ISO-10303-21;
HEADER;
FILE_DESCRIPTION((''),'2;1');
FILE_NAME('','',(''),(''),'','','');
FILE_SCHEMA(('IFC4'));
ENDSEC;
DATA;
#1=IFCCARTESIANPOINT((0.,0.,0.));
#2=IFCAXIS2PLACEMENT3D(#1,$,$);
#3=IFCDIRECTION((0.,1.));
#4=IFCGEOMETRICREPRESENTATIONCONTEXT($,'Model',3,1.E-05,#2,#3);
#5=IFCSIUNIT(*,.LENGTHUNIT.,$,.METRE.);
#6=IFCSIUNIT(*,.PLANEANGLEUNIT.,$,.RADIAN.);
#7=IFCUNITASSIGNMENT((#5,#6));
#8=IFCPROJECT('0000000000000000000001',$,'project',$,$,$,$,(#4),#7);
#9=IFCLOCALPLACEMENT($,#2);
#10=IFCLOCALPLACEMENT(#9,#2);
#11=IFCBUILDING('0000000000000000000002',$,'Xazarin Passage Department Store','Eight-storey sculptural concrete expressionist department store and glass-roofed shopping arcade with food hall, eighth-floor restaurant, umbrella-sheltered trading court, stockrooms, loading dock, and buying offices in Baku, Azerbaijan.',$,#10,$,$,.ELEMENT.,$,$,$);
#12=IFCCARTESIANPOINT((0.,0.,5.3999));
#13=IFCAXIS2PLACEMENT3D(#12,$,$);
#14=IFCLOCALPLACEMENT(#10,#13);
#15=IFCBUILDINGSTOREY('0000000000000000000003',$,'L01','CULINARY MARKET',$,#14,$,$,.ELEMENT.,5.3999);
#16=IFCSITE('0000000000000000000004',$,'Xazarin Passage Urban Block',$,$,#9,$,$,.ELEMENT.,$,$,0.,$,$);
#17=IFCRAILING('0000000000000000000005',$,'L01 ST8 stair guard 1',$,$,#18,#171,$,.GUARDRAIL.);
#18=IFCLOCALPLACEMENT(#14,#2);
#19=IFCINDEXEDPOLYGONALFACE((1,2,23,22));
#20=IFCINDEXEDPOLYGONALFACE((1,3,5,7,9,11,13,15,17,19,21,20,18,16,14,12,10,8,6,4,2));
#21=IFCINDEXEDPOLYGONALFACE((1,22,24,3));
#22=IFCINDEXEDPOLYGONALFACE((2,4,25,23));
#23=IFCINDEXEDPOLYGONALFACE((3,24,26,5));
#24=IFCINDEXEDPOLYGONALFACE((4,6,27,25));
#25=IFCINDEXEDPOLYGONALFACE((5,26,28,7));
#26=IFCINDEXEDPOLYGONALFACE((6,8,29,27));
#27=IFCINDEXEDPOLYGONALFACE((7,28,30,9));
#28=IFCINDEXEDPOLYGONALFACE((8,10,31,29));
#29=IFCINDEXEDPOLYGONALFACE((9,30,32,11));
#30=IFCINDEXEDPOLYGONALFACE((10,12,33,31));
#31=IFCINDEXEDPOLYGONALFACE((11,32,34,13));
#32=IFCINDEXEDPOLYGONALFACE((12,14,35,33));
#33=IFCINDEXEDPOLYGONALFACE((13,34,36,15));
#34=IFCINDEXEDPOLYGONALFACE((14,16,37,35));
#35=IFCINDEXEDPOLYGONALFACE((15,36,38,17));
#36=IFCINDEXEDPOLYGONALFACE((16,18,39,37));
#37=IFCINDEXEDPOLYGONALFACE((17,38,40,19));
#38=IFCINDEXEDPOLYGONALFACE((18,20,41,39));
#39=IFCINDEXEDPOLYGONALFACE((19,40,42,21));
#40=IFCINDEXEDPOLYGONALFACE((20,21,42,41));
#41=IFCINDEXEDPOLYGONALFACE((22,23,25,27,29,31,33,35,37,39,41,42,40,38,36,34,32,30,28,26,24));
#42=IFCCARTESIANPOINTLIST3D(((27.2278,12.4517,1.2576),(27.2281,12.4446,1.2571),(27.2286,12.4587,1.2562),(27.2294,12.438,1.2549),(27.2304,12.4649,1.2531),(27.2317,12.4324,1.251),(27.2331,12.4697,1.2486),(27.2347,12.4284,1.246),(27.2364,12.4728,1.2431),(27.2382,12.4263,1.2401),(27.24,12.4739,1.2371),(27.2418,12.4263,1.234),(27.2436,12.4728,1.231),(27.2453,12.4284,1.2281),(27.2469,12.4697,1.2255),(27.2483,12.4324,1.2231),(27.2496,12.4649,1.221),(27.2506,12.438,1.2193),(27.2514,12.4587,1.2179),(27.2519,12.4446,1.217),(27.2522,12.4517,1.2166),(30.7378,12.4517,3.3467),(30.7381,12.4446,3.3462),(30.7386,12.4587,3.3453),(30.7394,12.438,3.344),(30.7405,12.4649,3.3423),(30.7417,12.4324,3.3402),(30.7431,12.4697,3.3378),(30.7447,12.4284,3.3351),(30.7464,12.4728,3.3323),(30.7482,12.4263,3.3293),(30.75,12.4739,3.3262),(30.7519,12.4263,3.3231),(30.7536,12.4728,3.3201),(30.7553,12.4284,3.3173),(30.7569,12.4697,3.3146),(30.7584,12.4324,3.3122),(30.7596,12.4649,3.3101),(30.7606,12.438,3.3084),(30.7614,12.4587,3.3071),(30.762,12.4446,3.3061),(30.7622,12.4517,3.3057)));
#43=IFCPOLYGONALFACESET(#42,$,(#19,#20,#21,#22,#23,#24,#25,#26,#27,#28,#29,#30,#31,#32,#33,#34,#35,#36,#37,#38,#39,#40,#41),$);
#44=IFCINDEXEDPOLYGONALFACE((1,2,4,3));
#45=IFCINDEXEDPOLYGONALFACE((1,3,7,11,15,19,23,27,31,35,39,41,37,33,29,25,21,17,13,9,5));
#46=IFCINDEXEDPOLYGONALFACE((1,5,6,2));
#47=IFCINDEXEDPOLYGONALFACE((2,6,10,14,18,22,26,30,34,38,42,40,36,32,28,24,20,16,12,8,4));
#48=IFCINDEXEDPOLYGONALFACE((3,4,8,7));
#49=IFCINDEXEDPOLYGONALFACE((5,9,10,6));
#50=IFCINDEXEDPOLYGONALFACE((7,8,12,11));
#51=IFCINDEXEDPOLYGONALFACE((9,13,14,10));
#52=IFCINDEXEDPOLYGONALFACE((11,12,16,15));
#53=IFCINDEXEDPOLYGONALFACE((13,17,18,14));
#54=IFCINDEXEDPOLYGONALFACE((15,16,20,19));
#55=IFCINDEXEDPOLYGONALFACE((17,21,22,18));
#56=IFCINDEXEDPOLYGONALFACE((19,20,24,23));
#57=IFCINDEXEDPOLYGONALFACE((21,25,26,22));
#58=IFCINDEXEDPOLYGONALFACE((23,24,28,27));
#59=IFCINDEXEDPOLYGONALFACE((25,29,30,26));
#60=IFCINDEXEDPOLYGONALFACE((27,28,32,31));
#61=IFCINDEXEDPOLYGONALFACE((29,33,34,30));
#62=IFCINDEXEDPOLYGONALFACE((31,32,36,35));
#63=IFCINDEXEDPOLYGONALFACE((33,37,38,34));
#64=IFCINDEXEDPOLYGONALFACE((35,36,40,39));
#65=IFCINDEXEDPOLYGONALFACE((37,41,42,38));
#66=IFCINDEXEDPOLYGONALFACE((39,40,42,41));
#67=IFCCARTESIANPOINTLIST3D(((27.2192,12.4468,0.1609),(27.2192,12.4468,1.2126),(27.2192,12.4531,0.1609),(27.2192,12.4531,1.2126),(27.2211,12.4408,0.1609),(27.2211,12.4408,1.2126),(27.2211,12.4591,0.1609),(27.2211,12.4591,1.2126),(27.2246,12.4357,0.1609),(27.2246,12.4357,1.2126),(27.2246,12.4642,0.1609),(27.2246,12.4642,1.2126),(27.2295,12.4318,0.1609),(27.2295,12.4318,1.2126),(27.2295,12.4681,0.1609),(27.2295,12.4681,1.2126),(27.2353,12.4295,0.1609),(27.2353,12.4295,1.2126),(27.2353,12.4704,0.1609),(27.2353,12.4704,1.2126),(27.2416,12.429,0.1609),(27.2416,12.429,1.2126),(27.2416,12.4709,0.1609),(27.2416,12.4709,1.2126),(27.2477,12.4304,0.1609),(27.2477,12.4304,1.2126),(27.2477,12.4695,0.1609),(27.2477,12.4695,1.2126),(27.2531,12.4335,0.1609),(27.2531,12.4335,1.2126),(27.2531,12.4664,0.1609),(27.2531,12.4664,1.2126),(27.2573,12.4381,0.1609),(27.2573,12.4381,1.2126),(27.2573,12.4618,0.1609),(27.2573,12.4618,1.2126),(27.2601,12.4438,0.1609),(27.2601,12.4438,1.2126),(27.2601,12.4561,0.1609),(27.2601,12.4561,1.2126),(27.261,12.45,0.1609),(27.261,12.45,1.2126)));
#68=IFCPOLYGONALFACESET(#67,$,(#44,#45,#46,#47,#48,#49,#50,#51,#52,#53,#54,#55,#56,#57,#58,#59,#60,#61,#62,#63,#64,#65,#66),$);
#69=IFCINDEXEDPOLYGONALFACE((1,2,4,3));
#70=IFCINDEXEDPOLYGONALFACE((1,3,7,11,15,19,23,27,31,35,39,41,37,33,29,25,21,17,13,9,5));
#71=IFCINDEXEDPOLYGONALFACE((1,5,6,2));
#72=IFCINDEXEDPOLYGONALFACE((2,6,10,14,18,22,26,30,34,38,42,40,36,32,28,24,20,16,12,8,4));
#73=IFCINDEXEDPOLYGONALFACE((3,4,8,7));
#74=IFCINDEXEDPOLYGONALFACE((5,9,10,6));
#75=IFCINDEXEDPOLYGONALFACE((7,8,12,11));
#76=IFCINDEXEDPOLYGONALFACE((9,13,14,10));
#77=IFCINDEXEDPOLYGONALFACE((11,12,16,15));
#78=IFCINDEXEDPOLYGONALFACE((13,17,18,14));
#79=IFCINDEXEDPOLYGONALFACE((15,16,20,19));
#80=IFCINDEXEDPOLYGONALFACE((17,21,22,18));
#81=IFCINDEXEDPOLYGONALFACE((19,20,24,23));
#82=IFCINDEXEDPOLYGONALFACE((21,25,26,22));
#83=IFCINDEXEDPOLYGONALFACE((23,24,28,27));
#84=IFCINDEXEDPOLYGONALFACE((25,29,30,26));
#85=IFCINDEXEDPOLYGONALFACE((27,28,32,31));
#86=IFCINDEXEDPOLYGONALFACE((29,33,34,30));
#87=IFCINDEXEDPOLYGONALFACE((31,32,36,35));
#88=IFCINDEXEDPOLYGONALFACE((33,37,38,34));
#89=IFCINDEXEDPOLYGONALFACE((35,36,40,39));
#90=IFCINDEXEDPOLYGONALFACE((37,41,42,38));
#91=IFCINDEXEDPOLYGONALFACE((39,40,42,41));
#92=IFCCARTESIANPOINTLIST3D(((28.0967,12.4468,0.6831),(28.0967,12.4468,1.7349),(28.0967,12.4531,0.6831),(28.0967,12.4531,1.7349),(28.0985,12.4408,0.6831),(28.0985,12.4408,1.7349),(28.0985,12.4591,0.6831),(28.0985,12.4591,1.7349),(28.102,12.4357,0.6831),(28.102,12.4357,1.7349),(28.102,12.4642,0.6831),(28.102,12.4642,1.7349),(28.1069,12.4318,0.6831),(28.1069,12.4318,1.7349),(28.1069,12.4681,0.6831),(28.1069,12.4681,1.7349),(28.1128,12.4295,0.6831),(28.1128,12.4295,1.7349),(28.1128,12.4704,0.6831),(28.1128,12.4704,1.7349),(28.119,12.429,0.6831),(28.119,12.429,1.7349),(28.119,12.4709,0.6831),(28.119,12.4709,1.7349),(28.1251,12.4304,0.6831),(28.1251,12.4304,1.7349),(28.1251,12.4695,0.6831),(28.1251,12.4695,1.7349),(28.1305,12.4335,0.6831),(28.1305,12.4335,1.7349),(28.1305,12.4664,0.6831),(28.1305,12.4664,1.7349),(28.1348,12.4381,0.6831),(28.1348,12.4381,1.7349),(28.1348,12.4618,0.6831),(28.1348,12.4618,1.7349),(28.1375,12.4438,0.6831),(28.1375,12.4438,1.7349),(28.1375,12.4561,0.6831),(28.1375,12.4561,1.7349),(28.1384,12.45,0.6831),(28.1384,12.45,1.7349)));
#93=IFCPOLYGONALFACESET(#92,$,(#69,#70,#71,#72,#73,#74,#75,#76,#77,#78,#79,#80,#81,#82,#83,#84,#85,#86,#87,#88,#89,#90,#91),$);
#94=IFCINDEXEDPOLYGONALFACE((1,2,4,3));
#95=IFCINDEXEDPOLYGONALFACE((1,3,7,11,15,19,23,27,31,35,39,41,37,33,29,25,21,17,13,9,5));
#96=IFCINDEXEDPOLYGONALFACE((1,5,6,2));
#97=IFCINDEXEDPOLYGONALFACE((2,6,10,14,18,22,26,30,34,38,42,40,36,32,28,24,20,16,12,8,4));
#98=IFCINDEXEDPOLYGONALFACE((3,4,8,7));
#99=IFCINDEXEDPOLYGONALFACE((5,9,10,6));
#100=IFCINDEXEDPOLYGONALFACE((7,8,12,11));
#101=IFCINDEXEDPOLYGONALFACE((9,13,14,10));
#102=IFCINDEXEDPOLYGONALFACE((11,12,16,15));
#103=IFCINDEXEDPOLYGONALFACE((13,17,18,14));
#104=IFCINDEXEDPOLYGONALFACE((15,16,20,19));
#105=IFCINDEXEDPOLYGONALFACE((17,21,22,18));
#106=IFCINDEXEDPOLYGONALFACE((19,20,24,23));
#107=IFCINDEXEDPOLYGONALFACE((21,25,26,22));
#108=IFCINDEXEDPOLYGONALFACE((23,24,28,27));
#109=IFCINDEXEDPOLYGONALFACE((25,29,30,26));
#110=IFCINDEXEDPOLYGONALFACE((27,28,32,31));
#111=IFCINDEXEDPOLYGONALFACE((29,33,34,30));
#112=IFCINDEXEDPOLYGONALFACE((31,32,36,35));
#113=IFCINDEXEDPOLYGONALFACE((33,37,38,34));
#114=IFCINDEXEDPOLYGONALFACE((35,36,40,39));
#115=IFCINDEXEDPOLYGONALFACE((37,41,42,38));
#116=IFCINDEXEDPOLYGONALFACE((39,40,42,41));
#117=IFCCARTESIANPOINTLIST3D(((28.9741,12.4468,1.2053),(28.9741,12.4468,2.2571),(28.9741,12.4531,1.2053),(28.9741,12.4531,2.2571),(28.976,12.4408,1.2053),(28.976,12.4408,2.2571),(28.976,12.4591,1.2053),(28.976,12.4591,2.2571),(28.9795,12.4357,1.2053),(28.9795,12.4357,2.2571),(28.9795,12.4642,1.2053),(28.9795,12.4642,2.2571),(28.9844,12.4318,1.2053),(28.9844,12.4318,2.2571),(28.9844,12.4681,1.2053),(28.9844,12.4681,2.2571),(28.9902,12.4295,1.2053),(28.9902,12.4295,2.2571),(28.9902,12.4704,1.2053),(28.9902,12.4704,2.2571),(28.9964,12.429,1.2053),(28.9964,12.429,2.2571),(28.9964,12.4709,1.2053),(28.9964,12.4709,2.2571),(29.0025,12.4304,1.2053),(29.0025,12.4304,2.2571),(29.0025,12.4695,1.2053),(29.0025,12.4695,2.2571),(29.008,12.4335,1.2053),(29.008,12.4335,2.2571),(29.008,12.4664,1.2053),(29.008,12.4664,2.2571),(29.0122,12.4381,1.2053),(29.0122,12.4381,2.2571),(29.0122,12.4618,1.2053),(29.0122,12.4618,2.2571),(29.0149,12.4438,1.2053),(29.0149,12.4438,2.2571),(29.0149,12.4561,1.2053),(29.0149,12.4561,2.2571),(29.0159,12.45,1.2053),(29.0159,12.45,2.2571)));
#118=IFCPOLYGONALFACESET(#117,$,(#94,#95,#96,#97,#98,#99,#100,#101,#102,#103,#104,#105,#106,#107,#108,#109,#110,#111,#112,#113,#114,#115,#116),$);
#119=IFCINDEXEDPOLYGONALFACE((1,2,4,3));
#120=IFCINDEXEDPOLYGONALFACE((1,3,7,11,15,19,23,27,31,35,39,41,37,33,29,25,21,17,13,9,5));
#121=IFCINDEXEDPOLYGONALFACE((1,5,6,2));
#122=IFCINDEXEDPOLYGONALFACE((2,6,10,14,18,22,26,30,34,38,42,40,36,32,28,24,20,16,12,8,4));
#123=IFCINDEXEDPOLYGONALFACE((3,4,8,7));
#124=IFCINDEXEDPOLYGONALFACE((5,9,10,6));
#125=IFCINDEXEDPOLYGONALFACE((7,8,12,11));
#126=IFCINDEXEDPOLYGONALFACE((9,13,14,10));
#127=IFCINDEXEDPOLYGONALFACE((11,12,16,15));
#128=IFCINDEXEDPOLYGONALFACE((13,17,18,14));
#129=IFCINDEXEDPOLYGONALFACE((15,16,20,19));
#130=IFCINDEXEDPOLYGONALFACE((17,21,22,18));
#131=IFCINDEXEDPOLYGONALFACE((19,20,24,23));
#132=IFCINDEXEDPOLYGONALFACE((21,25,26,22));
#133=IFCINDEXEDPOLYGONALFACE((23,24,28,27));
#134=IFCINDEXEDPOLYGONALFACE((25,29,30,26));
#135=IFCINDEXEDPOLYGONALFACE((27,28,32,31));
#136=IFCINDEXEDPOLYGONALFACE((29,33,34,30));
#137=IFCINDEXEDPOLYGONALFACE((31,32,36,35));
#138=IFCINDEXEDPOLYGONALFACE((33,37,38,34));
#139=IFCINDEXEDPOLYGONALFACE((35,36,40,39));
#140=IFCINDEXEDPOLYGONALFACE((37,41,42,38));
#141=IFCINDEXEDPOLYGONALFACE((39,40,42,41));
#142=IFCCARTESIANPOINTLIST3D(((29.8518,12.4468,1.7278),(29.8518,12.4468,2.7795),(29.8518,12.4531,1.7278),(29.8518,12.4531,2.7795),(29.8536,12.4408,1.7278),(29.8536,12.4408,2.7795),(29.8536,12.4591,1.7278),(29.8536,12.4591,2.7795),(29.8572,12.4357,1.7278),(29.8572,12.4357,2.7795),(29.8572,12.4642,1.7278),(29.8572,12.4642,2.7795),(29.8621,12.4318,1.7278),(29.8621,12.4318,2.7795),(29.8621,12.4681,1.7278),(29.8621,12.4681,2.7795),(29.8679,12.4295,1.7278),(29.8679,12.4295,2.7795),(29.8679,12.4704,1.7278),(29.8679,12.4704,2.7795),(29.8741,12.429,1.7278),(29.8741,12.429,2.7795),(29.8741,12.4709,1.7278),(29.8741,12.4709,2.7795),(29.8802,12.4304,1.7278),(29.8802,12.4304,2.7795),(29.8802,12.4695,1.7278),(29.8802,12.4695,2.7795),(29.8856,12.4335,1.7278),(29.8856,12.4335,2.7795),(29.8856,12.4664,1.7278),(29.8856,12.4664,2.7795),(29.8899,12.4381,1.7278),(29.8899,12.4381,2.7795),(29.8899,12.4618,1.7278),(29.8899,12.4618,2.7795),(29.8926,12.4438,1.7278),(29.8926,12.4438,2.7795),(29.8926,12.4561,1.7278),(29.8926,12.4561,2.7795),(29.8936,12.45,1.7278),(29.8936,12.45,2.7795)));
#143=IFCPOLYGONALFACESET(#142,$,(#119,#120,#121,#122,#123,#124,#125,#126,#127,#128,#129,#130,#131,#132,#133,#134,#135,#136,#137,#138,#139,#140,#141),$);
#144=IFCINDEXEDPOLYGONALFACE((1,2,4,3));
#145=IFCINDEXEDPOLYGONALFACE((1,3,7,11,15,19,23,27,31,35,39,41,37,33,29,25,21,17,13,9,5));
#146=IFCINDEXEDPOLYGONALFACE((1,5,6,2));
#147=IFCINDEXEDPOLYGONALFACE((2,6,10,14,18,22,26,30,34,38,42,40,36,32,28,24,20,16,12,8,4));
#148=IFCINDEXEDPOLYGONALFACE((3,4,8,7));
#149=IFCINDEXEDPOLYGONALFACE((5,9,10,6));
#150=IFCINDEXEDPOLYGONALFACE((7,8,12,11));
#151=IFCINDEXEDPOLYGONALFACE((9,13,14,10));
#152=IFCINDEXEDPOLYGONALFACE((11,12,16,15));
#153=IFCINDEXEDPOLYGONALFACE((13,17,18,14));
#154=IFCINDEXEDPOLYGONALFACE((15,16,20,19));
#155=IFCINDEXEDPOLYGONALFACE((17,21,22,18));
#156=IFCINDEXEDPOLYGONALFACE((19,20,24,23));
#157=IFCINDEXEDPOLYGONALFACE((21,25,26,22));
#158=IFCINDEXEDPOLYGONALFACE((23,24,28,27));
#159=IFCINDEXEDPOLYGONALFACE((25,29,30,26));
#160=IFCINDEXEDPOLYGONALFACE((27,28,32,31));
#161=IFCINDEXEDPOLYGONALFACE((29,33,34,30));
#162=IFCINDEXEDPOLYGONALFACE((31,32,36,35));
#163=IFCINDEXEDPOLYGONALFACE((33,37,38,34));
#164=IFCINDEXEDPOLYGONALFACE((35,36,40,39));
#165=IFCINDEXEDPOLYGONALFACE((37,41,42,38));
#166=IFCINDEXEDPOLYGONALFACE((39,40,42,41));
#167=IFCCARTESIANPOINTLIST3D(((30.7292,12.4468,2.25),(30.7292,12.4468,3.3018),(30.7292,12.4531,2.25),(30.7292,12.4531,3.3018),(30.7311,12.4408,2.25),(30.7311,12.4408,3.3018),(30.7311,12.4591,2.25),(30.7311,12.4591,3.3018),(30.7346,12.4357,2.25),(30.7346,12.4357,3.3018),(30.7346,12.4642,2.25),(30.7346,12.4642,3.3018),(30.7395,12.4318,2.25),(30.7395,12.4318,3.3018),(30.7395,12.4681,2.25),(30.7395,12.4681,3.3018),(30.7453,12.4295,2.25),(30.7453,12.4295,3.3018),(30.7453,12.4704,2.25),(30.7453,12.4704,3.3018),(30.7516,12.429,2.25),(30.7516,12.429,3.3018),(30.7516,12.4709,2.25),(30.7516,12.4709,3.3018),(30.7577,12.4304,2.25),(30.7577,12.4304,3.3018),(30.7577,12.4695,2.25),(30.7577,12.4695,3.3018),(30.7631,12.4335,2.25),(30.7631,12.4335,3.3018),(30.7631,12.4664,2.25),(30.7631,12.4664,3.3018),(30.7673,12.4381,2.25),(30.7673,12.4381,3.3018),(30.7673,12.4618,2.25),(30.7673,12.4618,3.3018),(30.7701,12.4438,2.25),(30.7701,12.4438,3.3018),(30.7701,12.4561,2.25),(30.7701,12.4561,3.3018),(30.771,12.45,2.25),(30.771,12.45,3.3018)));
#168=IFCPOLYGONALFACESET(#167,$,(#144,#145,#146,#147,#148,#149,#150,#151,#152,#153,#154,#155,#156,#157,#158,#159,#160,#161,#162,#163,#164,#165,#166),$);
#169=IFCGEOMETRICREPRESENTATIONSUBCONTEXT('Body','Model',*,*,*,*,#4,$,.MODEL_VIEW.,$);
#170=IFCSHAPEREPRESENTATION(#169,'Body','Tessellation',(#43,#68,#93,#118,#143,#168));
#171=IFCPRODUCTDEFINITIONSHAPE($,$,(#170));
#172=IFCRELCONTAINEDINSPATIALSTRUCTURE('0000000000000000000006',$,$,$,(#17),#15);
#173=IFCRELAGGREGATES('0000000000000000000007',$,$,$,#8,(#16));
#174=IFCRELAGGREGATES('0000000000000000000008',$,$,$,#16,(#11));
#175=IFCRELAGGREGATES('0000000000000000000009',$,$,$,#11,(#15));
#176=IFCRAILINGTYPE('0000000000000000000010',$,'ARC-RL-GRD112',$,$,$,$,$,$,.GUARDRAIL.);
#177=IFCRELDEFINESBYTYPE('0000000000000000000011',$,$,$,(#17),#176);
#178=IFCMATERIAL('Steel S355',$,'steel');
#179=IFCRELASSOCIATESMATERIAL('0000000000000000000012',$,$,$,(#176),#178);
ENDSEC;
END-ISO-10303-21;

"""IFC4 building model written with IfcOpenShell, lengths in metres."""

from ifc_helpers import new_model, si_unit, direction, frame, origin, origin_2d, place, context, subcontext, project, spatial, circle, extrude, material, type_object, element, save


model = new_model("IFC4")

# Units and contexts
model_context = context("Model", 3, precision=1e-05, world=origin(), true_north=direction((0.0, 1.0)))
body_context = subcontext(model_context, "Body", "Model", "MODEL_VIEW")
ifc_project = project(units=[si_unit("LENGTHUNIT", "METRE"), si_unit("PLANEANGLEUNIT", "RADIAN")], contexts=[model_context])

# Site, building, storey
site_placement = place(None, origin())
site = spatial("IfcSite", under=ifc_project, at=site_placement, Name="Xazarin Passage Urban Block", CompositionType="ELEMENT", RefElevation=0.0)
building_placement = place(site_placement, origin())
building = spatial("IfcBuilding", under=site, at=building_placement, Name="Xazarin Passage Department Store", Description="Eight-storey sculptural concrete expressionist department store and glass-roofed shopping arcade with food hall, eighth-floor restaurant, umbrella-sheltered trading court, stockrooms, loading dock, and buying offices in Baku, Azerbaijan.", CompositionType="ELEMENT")
storey_placement = place(building_placement, frame((0.0, 0.0, 5.3999)))
storey = spatial("IfcBuildingStorey", under=building, at=storey_placement, Name="L01", Description="CULINARY MARKET", CompositionType="ELEMENT", Elevation=5.3999)

# Shared definitions
ifc_material_1 = material(Name="Steel S355", Category="steel")

# Railing
railing_type_1 = type_object("IfcRailingType", Name="ARC-RL-GRD112", PredefinedType="GUARDRAIL", material=ifc_material_1)
railing_1_placement = place(storey_placement, frame((27.24, 12.45, 0.1609)))
element("IfcRailing", 1, at=railing_1_placement, inside=storey, type_object=railing_type_1, Name="L01 ST8 stair guard 1", PredefinedType="GUARDRAIL", context=body_context, shape_type="SweptSolid", body=[
    extrude(circle(Radius=0.0239, at=origin_2d()), frame((0.0, 0.0, 1.0762), z_axis=(0.859312, 0.0, 0.511451), x_axis=(0.0, 1.0, 0.0)), (0.0, 0.0, 1.0), 4.0847),
    extrude(circle(Radius=0.021, at=origin_2d()), origin(), (0.0, 0.0, 1.0), 1.0518),
    extrude(circle(Radius=0.021, at=origin_2d()), frame((0.8774, 0.0, 0.5222)), (0.0, 0.0, 1.0), 1.0518),
    extrude(circle(Radius=0.021, at=origin_2d()), frame((1.7549, 0.0, 1.0444)), (0.0, 0.0, 1.0), 1.0518),
    extrude(circle(Radius=0.021, at=origin_2d()), frame((2.6326, 0.0, 1.5669)), (0.0, 0.0, 1.0), 1.0518),
    extrude(circle(Radius=0.021, at=origin_2d()), frame((3.51, 0.0, 2.0891)), (0.0, 0.0, 1.0), 1.0518),
])

save(model, "model.ifc")
